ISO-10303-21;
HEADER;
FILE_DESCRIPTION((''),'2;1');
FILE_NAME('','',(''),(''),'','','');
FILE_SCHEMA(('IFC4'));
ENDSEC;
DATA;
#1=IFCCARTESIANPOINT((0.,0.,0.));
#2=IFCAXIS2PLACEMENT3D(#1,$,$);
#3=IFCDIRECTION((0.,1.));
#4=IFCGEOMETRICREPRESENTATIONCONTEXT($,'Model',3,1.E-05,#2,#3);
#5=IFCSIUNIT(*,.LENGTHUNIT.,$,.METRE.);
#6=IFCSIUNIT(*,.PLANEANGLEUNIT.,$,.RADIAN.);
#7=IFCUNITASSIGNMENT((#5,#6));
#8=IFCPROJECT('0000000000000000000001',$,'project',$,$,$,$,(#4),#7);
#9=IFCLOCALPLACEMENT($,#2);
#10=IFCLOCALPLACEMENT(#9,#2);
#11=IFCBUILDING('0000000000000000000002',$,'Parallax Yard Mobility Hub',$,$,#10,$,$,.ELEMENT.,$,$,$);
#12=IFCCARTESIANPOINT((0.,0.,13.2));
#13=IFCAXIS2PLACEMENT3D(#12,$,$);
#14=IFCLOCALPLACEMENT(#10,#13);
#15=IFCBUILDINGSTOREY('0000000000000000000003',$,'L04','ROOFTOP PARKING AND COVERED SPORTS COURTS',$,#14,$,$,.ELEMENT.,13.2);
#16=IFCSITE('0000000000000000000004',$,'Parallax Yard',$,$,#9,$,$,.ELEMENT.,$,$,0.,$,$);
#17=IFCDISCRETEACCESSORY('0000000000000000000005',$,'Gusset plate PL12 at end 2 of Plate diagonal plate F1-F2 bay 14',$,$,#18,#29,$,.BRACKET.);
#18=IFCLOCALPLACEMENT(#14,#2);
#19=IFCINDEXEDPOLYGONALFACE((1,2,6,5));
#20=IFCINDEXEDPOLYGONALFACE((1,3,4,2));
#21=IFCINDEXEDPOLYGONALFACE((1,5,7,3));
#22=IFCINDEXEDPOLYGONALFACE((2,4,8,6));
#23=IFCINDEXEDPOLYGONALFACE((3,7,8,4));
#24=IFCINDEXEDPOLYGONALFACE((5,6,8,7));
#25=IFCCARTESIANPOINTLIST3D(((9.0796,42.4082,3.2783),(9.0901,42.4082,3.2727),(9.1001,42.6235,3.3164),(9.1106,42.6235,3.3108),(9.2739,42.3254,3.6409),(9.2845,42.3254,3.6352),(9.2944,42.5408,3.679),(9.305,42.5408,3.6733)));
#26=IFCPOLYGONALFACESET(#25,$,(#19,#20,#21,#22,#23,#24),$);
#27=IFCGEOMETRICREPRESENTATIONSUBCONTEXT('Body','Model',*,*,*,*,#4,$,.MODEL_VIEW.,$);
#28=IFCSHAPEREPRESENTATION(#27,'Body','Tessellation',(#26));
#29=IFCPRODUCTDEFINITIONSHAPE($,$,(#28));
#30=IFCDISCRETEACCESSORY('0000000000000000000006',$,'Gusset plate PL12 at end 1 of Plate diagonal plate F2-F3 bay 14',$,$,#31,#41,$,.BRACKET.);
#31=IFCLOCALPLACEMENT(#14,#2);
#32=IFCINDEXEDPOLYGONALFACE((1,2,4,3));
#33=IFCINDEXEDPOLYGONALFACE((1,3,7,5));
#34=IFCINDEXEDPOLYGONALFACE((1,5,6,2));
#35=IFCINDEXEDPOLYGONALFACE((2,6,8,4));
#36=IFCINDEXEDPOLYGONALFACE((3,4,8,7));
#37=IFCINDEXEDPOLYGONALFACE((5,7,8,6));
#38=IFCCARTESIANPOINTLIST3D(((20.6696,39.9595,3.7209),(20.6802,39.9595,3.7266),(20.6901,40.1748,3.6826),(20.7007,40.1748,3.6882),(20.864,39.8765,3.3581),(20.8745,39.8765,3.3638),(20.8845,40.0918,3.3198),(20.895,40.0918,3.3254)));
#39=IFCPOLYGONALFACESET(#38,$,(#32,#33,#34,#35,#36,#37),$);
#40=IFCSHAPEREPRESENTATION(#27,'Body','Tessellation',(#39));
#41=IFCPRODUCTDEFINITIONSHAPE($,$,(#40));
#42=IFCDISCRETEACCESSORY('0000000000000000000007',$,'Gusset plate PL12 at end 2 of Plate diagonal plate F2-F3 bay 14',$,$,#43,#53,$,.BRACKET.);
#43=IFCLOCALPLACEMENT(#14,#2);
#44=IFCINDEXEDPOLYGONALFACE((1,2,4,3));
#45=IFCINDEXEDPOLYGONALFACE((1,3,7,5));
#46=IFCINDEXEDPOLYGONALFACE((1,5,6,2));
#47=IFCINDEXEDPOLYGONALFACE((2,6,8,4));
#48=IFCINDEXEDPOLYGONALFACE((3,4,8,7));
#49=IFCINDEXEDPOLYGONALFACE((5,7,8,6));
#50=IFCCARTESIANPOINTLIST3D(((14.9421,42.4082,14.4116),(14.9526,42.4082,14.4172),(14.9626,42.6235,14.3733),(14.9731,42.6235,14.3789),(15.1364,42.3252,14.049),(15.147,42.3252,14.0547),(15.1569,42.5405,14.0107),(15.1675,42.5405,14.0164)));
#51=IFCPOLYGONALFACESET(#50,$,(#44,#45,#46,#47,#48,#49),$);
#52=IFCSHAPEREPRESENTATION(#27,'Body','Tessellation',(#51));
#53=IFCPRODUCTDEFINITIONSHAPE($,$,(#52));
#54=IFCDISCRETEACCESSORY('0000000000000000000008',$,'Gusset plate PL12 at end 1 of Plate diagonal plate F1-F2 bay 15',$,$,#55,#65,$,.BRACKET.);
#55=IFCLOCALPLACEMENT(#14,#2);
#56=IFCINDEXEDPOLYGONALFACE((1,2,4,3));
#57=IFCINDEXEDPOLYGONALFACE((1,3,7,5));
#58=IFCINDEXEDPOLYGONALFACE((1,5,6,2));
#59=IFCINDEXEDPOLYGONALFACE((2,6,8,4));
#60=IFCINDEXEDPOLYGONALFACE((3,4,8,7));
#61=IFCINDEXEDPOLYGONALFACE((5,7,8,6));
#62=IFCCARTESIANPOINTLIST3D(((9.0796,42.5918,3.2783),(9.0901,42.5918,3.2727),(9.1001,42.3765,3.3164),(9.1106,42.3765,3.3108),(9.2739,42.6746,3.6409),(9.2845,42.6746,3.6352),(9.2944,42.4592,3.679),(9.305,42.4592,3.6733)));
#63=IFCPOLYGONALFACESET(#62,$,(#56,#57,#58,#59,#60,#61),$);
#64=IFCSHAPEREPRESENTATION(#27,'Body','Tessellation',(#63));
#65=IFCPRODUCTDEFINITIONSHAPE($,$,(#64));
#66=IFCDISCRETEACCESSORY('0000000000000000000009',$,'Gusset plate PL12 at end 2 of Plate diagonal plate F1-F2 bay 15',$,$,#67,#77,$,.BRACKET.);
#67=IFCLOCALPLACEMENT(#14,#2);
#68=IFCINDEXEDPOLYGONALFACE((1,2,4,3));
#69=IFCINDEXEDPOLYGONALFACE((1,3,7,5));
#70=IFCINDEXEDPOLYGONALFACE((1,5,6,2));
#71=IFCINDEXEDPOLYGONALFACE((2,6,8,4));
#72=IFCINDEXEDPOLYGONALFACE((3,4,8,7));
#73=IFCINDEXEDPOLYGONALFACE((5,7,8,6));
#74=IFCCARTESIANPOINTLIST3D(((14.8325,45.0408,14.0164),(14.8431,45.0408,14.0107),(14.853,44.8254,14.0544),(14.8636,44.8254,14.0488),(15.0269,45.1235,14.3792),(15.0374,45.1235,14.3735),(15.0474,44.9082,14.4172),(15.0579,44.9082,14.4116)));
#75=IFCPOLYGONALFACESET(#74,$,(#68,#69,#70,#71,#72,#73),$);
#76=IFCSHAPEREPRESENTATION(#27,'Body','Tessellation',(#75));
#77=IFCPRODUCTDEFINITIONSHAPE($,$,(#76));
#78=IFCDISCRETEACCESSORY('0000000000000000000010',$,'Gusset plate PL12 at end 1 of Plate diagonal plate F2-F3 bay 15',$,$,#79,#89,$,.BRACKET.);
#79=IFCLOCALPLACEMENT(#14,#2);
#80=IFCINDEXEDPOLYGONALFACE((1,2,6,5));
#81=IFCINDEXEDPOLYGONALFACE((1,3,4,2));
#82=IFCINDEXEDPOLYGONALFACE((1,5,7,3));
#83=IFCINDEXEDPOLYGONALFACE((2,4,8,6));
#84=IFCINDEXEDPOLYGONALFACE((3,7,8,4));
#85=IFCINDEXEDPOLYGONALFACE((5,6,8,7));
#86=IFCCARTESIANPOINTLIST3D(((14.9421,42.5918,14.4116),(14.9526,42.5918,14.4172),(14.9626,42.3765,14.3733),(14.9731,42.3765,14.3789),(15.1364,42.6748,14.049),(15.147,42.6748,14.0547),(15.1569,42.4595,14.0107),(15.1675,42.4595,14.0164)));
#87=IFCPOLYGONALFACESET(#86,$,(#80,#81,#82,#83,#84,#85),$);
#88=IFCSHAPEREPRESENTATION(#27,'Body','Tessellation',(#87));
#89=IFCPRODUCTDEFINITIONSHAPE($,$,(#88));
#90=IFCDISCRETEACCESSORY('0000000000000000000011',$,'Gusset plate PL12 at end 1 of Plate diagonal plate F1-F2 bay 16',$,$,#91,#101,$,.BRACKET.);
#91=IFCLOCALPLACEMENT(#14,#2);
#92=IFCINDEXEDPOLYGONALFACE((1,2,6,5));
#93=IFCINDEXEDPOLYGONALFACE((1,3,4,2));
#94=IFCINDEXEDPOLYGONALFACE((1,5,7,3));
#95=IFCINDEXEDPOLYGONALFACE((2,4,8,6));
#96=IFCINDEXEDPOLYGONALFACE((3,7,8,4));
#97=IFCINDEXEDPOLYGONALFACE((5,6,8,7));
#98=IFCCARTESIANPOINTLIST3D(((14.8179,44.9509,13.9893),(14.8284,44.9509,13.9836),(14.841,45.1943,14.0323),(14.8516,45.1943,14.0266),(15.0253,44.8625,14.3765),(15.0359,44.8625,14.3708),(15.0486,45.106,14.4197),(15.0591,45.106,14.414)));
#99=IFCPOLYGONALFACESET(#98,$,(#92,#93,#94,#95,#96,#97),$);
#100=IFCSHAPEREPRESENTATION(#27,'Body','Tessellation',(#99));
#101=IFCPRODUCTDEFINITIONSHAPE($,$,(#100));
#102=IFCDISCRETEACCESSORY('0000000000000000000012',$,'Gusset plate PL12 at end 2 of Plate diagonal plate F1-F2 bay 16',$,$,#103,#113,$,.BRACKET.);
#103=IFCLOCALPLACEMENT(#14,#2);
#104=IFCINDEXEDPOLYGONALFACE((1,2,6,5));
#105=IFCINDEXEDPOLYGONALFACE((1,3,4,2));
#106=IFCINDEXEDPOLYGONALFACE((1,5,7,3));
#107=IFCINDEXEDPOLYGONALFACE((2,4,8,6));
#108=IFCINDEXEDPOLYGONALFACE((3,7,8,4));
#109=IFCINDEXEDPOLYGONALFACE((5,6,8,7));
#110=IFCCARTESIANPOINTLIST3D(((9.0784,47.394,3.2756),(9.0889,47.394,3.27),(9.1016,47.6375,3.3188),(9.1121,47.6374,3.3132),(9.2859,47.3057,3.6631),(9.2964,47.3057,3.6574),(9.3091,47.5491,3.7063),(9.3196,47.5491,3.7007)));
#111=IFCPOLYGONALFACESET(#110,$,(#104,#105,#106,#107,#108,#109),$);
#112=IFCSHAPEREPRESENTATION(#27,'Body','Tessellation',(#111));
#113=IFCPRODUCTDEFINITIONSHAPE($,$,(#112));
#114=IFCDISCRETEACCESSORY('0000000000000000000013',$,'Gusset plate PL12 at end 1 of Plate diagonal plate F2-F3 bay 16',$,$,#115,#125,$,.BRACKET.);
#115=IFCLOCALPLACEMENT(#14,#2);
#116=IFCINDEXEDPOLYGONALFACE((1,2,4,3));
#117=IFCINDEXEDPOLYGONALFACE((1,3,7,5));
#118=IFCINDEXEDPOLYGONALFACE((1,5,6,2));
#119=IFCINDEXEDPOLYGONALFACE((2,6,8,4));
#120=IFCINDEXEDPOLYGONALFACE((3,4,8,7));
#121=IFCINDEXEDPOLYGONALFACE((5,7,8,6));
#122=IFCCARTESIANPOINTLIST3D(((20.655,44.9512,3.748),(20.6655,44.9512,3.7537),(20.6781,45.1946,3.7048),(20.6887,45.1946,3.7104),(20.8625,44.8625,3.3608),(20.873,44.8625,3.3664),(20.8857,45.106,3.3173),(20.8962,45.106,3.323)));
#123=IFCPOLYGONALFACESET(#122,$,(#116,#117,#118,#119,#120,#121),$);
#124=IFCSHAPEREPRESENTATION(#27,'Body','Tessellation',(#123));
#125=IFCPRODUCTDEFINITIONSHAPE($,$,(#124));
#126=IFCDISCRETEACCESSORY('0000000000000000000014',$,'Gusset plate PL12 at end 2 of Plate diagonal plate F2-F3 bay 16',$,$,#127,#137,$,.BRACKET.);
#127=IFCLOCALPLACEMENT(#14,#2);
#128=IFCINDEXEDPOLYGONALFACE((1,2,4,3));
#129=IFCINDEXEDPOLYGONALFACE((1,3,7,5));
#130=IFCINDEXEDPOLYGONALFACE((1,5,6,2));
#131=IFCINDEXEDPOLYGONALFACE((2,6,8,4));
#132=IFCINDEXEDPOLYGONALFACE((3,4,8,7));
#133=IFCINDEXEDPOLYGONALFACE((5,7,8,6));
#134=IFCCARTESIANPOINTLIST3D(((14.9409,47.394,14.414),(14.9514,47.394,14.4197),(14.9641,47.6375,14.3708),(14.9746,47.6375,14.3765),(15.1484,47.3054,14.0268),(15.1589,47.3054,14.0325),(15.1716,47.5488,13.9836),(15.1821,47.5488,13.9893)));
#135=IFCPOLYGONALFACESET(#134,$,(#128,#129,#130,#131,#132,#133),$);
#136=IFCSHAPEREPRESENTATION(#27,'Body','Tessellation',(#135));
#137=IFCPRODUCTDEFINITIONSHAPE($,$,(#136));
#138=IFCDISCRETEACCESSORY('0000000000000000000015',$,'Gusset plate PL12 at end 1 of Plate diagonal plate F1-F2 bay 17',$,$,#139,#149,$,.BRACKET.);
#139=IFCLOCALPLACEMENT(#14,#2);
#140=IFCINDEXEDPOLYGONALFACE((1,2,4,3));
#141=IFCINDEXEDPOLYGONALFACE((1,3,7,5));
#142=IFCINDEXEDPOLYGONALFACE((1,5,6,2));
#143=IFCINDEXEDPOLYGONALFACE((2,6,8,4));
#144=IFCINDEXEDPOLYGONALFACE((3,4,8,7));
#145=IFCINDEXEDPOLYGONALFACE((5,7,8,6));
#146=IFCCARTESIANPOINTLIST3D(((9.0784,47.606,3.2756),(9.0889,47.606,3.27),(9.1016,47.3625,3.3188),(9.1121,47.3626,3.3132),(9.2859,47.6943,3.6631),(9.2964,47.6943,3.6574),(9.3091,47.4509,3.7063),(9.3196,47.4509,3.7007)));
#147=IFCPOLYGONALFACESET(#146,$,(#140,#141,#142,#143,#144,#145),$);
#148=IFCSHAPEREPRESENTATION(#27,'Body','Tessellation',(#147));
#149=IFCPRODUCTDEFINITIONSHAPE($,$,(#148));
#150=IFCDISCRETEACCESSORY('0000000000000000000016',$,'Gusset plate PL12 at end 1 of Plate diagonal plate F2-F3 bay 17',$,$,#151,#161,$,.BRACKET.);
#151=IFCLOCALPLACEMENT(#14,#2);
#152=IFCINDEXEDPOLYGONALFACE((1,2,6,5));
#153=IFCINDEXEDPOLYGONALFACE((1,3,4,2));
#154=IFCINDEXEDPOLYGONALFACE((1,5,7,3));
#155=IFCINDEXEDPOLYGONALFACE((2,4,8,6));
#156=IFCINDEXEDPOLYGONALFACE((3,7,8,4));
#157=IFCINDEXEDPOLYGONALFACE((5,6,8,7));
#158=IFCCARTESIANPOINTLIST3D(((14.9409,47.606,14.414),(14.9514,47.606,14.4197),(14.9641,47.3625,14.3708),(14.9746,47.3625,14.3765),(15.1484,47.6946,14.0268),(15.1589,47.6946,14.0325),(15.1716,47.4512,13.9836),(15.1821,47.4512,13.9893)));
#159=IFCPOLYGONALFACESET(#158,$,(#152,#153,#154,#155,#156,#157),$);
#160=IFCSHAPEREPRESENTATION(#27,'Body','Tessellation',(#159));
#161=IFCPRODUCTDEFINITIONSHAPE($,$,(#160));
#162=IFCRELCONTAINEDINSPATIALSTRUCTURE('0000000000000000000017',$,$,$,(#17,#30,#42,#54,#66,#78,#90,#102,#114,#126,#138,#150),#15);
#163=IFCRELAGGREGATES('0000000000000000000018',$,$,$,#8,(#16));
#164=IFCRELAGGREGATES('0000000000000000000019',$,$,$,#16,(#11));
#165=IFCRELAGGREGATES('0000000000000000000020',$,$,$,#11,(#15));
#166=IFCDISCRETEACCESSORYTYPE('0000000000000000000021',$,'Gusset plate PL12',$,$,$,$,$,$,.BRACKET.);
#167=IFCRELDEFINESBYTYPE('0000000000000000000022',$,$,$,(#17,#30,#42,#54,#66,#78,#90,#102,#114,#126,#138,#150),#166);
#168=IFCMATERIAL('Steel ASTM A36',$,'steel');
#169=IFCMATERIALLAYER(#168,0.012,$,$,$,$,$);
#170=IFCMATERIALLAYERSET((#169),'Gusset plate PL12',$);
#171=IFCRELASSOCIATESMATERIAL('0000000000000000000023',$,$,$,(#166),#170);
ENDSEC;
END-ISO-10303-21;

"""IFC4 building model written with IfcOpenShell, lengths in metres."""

from ifc_helpers import new_model, si_unit, direction, frame, origin, place, context, subcontext, project, spatial, polyline, outline, extrude, material, layer, layer_set, type_object, element, save


model = new_model("IFC4")

# Units and contexts
model_context = context("Model", 3, precision=1e-05, world=origin(), true_north=direction((0.0, 1.0)))
body_context = subcontext(model_context, "Body", "Model", "MODEL_VIEW")
ifc_project = project(units=[si_unit("LENGTHUNIT", "METRE"), si_unit("PLANEANGLEUNIT", "RADIAN")], contexts=[model_context])

# Site, building, storey
site_placement = place(None, origin())
site = spatial("IfcSite", under=ifc_project, at=site_placement, Name="Parallax Yard", CompositionType="ELEMENT", RefElevation=0.0)
building_placement = place(site_placement, origin())
building = spatial("IfcBuilding", under=site, at=building_placement, Name="Parallax Yard Mobility Hub", CompositionType="ELEMENT")
storey_placement = place(building_placement, frame((0.0, 0.0, 13.2)))
storey = spatial("IfcBuildingStorey", under=building, at=storey_placement, Name="L04", Description="ROOFTOP PARKING AND COVERED SPORTS COURTS", CompositionType="ELEMENT", Elevation=13.2)

# Discrete accessories
ifc_material_1 = material(Name="Steel ASTM A36", Category="steel")
ifc_layer = layer(ifc_material_1, 0.012)
ifc_layer_set = layer_set([ifc_layer], Name="Gusset plate PL12")
discrete_accessory_type = type_object("IfcDiscreteAccessoryType", Name="Gusset plate PL12", PredefinedType="BRACKET", material=ifc_layer_set)
discrete_accessory_1_placement = place(storey_placement, frame((9.2944, 42.5408, 3.679), z_axis=(-0.881331, 0.000365, 0.4725), x_axis=(-0.463154, 0.197248, -0.86405)))
element("IfcDiscreteAccessory", 1, at=discrete_accessory_1_placement, inside=storey, type_object=discrete_accessory_type, Name="Gusset plate PL12 at end 2 of Plate diagonal plate F1-F2 bay 14", PredefinedType="BRACKET", context=body_context, shape_type="SweptSolid", body=[
    extrude(outline(polyline([(0.0, 0.0), (0.4196, 0.0), (0.4195, 0.2196), (-0.0001, 0.2196), (0.0, 0.0)])), origin(), (0.0, 0.0, -1.0), 0.012),
])
discrete_accessory_2_placement = place(storey_placement, frame((20.6802, 39.9595, 3.7266), z_axis=(0.881507, 0.000096, 0.472171), x_axis=(0.462868, -0.197707, -0.864098)))
element("IfcDiscreteAccessory", 2, at=discrete_accessory_2_placement, inside=storey, type_object=discrete_accessory_type, Name="Gusset plate PL12 at end 1 of Plate diagonal plate F2-F3 bay 14", PredefinedType="BRACKET", context=body_context, shape_type="SweptSolid", body=[
    extrude(outline(polyline([(0.0, 0.0), (0.4199, 0.0), (0.4199, 0.2197), (0.0, 0.2197), (0.0, 0.0)])), origin(), (0.0, 0.0, -1.0), 0.012),
])
discrete_accessory_3_placement = place(storey_placement, frame((15.1675, 42.5405, 14.0164), z_axis=(0.88138, 0.00015, 0.472409), x_axis=(-0.463101, 0.197807, 0.86395)))
element("IfcDiscreteAccessory", 3, at=discrete_accessory_3_placement, inside=storey, type_object=discrete_accessory_type, Name="Gusset plate PL12 at end 2 of Plate diagonal plate F2-F3 bay 14", PredefinedType="BRACKET", context=body_context, shape_type="SweptSolid", body=[
    extrude(outline(polyline([(0.0, 0.0), (0.4196, 0.0), (0.4197, 0.2197), (0.0, 0.2197), (0.0, 0.0)])), origin(), (0.0, 0.0, -1.0), 0.012),
])
discrete_accessory_4_placement = place(storey_placement, frame((9.2739, 42.6746, 3.6409), z_axis=(-0.881331, -0.000365, 0.4725), x_axis=(-0.463154, -0.197248, -0.86405)))
element("IfcDiscreteAccessory", 4, at=discrete_accessory_4_placement, inside=storey, type_object=discrete_accessory_type, Name="Gusset plate PL12 at end 1 of Plate diagonal plate F1-F2 bay 15", PredefinedType="BRACKET", context=body_context, shape_type="SweptSolid", body=[
    extrude(outline(polyline([(0.0, 0.0), (0.4196, 0.0), (0.4197, 0.2196), (0.0001, 0.2196), (0.0, 0.0)])), origin(), (0.0, 0.0, -1.0), 0.012),
])
discrete_accessory_5_placement = place(storey_placement, frame((14.853, 44.8254, 14.0544), z_axis=(-0.881458, -0.000419, 0.472263), x_axis=(0.462921, 0.197149, 0.864197)))
element("IfcDiscreteAccessory", 5, at=discrete_accessory_5_placement, inside=storey, type_object=discrete_accessory_type, Name="Gusset plate PL12 at end 2 of Plate diagonal plate F1-F2 bay 15", PredefinedType="BRACKET", context=body_context, shape_type="SweptSolid", body=[
    extrude(outline(polyline([(0.0, 0.0), (0.4198, 0.0), (0.4198, 0.2196), (0.0, 0.2196), (0.0, 0.0)])), origin(), (0.0, 0.0, -1.0), 0.012),
])
discrete_accessory_6_placement = place(storey_placement, frame((15.147, 42.6748, 14.0547), z_axis=(0.88138, -0.00015, 0.472409), x_axis=(-0.463101, -0.197807, 0.86395)))
element("IfcDiscreteAccessory", 6, at=discrete_accessory_6_placement, inside=storey, type_object=discrete_accessory_type, Name="Gusset plate PL12 at end 1 of Plate diagonal plate F2-F3 bay 15", PredefinedType="BRACKET", context=body_context, shape_type="SweptSolid", body=[
    extrude(outline(polyline([(0.0, 0.0), (0.4196, 0.0), (0.4196, 0.2197), (0.0, 0.2197), (0.0, 0.0)])), origin(), (0.0, 0.0, -1.0), 0.012),
])
discrete_accessory_7_placement = place(storey_placement, frame((14.8179, 44.9509, 13.9893), z_axis=(-0.881424, 0.000371, 0.472326), x_axis=(0.462984, -0.197225, 0.864146)))
element("IfcDiscreteAccessory", 7, at=discrete_accessory_7_placement, inside=storey, type_object=discrete_accessory_type, Name="Gusset plate PL12 at end 1 of Plate diagonal plate F1-F2 bay 16", PredefinedType="BRACKET", context=body_context, shape_type="SweptSolid", body=[
    extrude(outline(polyline([(0.0, 0.0), (0.4481, 0.0), (0.4482, 0.2483), (-0.0001, 0.2483), (0.0, 0.0)])), origin(), (0.0, 0.0, -1.0), 0.012),
])
discrete_accessory_8_placement = place(storey_placement, frame((9.3091, 47.5491, 3.7063), z_axis=(-0.881505, 0.000169, 0.472174), x_axis=(-0.462879, 0.197132, -0.864223)))
element("IfcDiscreteAccessory", 8, at=discrete_accessory_8_placement, inside=storey, type_object=discrete_accessory_type, Name="Gusset plate PL12 at end 2 of Plate diagonal plate F1-F2 bay 16", PredefinedType="BRACKET", context=body_context, shape_type="SweptSolid", body=[
    extrude(outline(polyline([(0.0, 0.0), (0.4483, 0.0), (0.4484, 0.2483), (0.0001, 0.2483), (0.0, 0.0)])), origin(), (0.0, 0.0, -1.0), 0.012),
])
discrete_accessory_9_placement = place(storey_placement, frame((20.6655, 44.9512, 3.7537), z_axis=(0.881467, 0.000084, 0.472245), x_axis=(0.462934, -0.197749, -0.864053)))
element("IfcDiscreteAccessory", 9, at=discrete_accessory_9_placement, inside=storey, type_object=discrete_accessory_type, Name="Gusset plate PL12 at end 1 of Plate diagonal plate F2-F3 bay 16", PredefinedType="BRACKET", context=body_context, shape_type="SweptSolid", body=[
    extrude(outline(polyline([(0.0, 0.0), (0.4482, 0.0), (0.4483, 0.2483), (-0.0001, 0.2483), (0.0, 0.0)])), origin(), (0.0, 0.0, -1.0), 0.012),
])
discrete_accessory_10_placement = place(storey_placement, frame((15.1821, 47.5488, 13.9893), z_axis=(0.881386, -0.000118, 0.472397), x_axis=(-0.463048, 0.197749, 0.863992)))
element("IfcDiscreteAccessory", 10, at=discrete_accessory_10_placement, inside=storey, type_object=discrete_accessory_type, Name="Gusset plate PL12 at end 2 of Plate diagonal plate F2-F3 bay 16", PredefinedType="BRACKET", context=body_context, shape_type="SweptSolid", body=[
    extrude(outline(polyline([(0.0, 0.0), (0.4482, 0.0), (0.4481, 0.2483), (-0.0001, 0.2483), (0.0, 0.0)])), origin(), (0.0, 0.0, -1.0), 0.012),
])
discrete_accessory_11_placement = place(storey_placement, frame((9.2859, 47.6943, 3.6631), z_axis=(-0.881505, -0.000169, 0.472174), x_axis=(-0.462879, -0.197132, -0.864223)))
element("IfcDiscreteAccessory", 11, at=discrete_accessory_11_placement, inside=storey, type_object=discrete_accessory_type, Name="Gusset plate PL12 at end 1 of Plate diagonal plate F1-F2 bay 17", PredefinedType="BRACKET", context=body_context, shape_type="SweptSolid", body=[
    extrude(outline(polyline([(0.0, 0.0), (0.4483, 0.0), (0.4482, 0.2483), (-0.0001, 0.2483), (0.0, 0.0)])), origin(), (0.0, 0.0, -1.0), 0.012),
])
discrete_accessory_12_placement = place(storey_placement, frame((15.1589, 47.6946, 14.0325), z_axis=(0.881386, 0.000118, 0.472397), x_axis=(-0.463048, -0.197749, 0.863992)))
element("IfcDiscreteAccessory", 12, at=discrete_accessory_12_placement, inside=storey, type_object=discrete_accessory_type, Name="Gusset plate PL12 at end 1 of Plate diagonal plate F2-F3 bay 17", PredefinedType="BRACKET", context=body_context, shape_type="SweptSolid", body=[
    extrude(outline(polyline([(0.0, 0.0), (0.4482, 0.0), (0.4482, 0.2483), (0.0001, 0.2483), (0.0, 0.0)])), origin(), (0.0, 0.0, -1.0), 0.012),
])

save(model, "model.ifc")
